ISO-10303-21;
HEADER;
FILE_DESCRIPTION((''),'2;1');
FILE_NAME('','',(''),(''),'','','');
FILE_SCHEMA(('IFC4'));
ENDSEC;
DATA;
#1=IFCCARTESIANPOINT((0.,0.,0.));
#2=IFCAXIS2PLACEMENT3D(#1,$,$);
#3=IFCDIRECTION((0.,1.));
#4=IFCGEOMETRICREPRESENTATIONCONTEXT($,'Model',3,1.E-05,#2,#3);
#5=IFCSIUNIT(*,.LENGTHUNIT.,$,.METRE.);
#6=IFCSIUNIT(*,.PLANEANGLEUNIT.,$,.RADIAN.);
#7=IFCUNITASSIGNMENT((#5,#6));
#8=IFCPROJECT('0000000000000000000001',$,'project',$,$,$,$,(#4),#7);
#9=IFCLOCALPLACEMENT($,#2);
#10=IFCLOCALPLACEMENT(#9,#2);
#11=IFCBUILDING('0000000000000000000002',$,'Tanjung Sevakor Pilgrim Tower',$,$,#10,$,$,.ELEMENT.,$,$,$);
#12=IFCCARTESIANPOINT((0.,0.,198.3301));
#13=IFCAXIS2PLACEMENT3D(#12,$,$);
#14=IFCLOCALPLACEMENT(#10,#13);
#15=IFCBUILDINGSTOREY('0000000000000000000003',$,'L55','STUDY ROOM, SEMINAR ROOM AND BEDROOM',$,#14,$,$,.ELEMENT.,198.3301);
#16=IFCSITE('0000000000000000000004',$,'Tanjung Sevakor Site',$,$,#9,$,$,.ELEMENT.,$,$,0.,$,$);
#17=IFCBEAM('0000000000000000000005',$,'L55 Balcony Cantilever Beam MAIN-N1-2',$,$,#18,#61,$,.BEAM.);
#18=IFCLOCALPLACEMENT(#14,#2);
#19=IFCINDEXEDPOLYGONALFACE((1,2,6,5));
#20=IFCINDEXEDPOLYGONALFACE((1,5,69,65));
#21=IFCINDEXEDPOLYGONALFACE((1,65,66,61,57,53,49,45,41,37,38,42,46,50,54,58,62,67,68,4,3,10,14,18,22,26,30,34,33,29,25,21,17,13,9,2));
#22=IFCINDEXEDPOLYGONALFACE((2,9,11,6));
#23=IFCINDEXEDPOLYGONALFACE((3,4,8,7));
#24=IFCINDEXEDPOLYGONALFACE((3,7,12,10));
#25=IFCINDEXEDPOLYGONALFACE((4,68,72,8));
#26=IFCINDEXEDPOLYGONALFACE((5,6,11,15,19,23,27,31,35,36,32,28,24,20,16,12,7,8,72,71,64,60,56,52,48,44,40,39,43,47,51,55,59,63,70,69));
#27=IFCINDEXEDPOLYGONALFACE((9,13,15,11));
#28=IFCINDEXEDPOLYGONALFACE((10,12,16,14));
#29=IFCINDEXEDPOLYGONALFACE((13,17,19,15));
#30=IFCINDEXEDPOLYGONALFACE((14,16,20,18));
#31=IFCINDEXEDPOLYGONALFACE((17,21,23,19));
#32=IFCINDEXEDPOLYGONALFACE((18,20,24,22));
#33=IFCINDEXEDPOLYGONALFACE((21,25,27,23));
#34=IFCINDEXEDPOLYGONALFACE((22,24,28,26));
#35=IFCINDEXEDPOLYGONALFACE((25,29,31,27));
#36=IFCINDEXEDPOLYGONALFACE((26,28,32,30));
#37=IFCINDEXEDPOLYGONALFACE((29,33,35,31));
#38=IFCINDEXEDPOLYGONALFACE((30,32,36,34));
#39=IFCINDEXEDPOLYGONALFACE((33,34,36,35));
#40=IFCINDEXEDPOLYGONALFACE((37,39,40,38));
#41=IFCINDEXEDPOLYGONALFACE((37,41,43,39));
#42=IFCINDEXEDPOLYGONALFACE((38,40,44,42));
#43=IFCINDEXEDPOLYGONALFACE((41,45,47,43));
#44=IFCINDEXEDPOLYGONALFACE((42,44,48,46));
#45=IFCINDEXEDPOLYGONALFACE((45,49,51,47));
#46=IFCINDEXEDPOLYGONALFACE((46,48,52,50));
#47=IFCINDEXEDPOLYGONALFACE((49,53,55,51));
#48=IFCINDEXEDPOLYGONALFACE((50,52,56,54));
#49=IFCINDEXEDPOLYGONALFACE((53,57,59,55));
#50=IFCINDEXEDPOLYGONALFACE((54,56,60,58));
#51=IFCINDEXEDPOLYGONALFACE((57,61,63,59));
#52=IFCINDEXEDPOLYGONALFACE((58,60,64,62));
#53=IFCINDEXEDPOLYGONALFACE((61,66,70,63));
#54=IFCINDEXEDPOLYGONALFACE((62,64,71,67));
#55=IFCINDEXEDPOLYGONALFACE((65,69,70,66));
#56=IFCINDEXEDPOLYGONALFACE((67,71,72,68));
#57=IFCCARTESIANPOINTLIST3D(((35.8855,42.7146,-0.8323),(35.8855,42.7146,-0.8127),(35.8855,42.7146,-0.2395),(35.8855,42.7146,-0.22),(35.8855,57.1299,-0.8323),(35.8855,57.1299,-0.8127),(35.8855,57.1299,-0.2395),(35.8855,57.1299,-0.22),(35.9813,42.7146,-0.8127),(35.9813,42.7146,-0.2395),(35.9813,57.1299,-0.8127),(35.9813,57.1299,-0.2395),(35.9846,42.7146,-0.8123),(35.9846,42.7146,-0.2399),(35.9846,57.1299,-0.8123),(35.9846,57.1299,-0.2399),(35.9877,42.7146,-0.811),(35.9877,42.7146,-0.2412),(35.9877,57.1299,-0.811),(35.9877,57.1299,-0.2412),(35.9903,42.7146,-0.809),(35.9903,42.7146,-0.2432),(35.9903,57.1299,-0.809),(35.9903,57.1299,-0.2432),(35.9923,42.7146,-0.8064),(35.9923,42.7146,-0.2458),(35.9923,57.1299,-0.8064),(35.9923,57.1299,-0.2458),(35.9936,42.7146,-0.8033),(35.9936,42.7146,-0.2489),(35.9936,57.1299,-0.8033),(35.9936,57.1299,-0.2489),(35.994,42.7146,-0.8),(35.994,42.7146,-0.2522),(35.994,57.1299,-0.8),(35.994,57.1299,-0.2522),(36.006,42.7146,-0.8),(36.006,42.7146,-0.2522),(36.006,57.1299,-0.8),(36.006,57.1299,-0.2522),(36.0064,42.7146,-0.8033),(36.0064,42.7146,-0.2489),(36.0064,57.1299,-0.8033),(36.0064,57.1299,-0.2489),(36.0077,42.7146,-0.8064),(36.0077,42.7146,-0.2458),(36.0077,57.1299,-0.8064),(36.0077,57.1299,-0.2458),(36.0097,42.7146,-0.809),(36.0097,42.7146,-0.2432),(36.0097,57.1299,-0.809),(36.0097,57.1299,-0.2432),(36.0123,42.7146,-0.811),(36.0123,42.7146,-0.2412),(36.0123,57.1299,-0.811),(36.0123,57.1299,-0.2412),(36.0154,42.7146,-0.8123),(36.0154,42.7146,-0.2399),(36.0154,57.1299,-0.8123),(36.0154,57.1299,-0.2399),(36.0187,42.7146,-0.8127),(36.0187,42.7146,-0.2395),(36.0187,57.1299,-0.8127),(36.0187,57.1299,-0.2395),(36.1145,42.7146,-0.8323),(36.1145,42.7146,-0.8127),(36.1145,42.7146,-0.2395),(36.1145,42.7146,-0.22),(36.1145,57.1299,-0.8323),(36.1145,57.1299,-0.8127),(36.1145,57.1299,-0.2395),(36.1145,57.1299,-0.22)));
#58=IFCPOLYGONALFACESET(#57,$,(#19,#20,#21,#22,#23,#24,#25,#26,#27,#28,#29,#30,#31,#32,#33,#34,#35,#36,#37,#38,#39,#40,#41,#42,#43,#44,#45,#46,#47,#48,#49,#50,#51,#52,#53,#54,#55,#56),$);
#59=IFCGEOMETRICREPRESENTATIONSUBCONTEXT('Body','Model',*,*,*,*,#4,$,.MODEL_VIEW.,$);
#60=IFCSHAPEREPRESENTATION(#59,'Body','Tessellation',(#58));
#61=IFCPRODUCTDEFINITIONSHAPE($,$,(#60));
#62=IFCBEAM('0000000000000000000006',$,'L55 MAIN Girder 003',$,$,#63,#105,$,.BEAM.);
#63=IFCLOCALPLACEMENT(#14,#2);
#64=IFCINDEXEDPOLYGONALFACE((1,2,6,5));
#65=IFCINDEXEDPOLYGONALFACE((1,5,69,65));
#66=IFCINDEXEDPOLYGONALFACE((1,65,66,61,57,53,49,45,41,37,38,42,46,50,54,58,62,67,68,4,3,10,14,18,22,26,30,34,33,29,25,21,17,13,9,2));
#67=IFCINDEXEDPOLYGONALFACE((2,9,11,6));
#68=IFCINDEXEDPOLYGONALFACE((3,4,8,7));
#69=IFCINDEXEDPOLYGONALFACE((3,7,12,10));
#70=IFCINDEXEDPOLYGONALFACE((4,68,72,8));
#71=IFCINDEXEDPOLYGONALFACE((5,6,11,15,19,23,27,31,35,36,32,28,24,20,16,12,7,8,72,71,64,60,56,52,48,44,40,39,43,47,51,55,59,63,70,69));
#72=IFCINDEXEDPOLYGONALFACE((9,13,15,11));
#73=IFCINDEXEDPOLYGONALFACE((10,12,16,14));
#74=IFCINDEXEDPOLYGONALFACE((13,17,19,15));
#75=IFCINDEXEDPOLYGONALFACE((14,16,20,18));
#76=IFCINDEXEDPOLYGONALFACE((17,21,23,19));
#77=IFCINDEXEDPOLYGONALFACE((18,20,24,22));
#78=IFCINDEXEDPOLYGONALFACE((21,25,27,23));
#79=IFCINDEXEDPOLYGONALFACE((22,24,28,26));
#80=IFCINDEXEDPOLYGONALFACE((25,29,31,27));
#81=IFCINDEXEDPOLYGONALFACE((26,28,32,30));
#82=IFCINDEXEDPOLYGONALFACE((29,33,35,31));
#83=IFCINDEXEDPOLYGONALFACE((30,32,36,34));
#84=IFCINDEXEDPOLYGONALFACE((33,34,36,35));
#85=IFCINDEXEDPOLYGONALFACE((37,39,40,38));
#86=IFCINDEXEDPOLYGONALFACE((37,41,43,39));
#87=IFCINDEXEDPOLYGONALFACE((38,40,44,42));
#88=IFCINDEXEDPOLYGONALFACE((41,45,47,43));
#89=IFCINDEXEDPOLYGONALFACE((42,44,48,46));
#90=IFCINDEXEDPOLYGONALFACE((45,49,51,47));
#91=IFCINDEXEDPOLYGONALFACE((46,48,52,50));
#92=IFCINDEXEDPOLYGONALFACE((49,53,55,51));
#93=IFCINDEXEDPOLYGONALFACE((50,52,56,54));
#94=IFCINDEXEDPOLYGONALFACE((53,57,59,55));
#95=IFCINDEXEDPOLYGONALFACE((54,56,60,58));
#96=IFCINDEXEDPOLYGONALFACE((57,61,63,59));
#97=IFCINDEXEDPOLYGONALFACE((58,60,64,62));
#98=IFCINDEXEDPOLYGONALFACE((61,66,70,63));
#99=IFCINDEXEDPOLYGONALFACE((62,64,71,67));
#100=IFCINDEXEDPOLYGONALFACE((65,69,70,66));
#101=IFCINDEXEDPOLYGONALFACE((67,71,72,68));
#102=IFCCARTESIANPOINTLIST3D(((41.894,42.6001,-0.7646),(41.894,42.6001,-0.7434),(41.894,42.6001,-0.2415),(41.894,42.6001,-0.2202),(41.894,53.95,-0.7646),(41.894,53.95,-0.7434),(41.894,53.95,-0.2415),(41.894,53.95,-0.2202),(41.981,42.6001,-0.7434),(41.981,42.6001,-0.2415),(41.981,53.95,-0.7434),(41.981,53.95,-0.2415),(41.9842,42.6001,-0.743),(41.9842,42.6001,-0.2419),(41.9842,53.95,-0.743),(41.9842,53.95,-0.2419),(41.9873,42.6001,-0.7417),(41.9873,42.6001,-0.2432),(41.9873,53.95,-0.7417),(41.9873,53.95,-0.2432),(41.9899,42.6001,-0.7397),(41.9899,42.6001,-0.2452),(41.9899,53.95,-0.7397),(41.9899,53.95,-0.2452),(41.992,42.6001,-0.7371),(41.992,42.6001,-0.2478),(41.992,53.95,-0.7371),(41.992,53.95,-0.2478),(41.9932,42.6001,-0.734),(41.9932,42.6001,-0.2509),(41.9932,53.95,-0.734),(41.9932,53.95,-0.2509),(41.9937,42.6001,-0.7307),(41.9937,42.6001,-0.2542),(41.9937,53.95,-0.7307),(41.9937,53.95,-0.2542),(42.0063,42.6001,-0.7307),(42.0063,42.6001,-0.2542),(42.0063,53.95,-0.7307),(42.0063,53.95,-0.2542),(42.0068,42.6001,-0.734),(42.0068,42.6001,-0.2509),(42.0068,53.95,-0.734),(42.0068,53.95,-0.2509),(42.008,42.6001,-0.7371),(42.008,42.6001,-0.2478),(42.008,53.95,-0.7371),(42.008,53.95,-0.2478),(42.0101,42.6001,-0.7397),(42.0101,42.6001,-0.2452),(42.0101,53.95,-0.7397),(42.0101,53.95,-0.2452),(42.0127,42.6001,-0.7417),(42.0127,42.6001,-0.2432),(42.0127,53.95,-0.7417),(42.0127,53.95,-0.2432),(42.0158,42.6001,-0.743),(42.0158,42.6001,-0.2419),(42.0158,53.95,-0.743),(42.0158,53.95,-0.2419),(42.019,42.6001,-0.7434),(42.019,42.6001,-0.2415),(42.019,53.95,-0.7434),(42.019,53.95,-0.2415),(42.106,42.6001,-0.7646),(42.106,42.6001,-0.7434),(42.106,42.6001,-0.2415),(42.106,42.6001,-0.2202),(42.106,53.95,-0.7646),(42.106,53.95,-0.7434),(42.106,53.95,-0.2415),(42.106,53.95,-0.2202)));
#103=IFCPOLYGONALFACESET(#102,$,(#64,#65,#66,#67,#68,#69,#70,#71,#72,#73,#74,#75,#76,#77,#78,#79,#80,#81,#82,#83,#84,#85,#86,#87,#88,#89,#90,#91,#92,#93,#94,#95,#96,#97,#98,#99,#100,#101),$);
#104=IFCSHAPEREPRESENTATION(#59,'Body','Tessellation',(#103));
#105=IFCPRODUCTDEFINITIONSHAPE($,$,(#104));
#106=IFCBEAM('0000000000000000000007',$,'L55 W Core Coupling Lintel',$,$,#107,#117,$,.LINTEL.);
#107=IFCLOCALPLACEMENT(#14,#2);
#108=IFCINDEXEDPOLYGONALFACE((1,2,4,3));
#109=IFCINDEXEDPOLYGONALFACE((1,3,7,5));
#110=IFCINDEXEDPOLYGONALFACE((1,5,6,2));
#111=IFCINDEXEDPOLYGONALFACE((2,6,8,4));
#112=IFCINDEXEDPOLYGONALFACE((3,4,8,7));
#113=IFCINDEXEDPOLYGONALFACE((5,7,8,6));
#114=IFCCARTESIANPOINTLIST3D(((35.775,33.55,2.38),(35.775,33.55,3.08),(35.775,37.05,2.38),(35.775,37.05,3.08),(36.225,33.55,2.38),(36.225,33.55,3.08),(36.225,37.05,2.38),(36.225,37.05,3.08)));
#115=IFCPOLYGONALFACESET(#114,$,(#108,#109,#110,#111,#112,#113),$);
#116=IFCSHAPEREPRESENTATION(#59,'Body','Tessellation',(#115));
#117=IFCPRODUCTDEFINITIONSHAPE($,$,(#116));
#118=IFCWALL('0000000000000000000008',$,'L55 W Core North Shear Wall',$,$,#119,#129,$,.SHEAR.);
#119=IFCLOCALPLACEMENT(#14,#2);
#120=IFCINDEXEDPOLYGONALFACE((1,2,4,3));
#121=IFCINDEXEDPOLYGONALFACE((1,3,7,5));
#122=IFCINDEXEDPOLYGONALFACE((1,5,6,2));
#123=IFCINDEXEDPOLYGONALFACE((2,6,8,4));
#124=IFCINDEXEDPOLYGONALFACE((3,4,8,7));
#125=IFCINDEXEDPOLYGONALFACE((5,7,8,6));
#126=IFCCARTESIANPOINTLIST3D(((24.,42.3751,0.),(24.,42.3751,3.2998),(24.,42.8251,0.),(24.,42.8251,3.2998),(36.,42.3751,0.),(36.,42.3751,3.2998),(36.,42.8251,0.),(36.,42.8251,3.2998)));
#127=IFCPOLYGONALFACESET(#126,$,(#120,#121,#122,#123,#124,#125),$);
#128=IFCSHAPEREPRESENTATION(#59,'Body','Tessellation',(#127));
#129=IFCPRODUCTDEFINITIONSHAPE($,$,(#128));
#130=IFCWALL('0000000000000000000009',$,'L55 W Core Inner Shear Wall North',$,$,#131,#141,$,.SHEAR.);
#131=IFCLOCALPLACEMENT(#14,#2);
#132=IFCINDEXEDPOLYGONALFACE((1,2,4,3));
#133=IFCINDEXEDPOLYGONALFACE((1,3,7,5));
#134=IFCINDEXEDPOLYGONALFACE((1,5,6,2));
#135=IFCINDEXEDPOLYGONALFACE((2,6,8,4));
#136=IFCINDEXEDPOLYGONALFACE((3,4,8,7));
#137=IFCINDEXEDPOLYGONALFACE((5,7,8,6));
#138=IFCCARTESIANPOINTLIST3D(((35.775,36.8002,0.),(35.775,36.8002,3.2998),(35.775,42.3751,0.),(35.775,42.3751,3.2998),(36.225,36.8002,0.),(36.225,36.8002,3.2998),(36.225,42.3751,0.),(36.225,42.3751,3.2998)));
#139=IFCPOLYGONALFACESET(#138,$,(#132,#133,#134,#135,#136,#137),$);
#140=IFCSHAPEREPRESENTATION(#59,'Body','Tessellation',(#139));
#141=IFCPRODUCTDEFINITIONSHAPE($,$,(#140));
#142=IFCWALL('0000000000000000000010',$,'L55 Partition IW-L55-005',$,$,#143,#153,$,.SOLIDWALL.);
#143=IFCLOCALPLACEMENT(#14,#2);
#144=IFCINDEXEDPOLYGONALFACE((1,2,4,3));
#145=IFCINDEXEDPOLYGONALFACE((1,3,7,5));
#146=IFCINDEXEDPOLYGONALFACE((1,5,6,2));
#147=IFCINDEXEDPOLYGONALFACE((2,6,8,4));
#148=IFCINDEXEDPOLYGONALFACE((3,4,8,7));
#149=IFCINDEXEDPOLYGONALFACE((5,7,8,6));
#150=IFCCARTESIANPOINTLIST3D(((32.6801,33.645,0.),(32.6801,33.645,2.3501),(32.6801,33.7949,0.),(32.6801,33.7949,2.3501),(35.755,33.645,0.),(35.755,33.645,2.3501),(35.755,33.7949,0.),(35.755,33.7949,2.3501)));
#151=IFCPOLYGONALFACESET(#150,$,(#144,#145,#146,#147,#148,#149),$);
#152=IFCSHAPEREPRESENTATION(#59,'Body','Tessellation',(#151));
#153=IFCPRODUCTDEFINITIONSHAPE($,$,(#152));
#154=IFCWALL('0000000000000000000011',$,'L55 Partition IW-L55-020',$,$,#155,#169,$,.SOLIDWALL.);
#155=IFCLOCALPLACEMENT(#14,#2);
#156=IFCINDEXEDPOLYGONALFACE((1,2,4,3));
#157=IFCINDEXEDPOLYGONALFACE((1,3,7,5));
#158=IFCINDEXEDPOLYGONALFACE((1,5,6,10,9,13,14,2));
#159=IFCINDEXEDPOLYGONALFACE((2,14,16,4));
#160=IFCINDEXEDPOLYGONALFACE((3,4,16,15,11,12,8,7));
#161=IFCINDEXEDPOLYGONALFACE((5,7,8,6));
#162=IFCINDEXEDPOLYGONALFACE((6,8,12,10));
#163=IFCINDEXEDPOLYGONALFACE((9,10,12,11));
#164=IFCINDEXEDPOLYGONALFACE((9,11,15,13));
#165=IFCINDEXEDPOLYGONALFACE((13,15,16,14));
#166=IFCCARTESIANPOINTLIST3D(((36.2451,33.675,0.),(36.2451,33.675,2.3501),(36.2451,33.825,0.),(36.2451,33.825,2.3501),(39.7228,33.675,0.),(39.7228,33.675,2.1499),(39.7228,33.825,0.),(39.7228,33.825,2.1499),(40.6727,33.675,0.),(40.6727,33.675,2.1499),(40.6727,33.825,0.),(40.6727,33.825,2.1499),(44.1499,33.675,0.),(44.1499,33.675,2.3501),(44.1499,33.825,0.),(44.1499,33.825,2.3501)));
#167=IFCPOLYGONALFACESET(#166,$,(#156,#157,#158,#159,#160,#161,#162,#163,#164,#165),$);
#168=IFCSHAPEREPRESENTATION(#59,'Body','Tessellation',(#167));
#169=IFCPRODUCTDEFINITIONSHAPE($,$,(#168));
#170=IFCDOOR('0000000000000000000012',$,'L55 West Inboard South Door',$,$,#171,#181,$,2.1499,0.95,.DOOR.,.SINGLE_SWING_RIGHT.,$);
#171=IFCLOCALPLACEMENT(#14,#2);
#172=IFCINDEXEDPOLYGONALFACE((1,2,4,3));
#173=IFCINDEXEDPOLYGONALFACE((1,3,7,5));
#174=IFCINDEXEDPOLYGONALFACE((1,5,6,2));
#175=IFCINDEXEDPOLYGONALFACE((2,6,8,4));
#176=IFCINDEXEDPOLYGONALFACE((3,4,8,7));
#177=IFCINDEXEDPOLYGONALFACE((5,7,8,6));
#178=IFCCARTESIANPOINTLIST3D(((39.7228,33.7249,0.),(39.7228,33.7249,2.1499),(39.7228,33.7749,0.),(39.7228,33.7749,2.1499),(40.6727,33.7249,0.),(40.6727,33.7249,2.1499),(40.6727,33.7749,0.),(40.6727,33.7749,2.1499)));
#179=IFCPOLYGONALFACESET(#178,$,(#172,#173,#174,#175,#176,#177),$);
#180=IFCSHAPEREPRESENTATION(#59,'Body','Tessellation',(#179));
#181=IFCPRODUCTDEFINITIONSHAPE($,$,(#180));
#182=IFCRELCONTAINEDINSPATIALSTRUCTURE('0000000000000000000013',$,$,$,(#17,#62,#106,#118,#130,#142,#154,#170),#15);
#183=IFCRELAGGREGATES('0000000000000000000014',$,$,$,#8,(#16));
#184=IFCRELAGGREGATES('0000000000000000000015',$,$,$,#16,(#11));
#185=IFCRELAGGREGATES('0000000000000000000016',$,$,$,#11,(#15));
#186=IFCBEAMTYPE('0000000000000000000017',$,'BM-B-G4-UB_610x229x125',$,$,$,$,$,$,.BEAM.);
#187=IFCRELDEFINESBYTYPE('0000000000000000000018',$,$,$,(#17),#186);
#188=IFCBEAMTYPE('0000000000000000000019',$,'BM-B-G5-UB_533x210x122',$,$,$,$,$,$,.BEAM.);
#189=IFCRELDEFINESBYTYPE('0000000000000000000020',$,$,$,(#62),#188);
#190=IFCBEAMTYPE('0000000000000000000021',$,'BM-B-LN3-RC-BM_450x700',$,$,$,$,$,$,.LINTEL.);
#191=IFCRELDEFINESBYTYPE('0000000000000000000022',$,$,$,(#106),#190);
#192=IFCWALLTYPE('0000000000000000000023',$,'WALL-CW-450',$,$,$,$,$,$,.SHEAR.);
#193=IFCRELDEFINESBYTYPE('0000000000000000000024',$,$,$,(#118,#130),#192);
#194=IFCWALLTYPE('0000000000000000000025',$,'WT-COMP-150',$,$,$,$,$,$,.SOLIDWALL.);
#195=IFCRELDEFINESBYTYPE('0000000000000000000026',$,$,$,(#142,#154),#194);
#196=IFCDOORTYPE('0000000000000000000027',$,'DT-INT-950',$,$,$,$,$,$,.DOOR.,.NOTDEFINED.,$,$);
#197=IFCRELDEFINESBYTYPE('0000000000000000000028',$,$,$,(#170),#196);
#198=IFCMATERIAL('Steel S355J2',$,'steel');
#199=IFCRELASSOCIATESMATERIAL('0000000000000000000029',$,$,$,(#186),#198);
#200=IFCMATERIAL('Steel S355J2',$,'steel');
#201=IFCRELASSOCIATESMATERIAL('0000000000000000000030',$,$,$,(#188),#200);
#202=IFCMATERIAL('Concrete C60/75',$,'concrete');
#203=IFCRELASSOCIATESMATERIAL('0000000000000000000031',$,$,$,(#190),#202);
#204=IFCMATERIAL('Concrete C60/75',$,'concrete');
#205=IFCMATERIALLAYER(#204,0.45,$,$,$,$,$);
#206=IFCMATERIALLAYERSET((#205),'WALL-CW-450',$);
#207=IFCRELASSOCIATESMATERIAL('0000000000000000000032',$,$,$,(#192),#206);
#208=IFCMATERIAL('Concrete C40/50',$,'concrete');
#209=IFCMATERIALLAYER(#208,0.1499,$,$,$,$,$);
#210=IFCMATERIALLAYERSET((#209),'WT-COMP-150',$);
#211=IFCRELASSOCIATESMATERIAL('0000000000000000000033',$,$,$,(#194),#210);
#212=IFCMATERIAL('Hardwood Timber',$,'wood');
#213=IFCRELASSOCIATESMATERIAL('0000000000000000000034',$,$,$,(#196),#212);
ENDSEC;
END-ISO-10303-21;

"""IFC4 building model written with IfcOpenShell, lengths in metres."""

from ifc_helpers import new_model, si_unit, direction, frame, frame_2d, origin, origin_2d, place, context, subcontext, project, spatial, rectangle, i_section, extrude, material, layer, layer_set, material_profile, profile_set, type_object, element, fill, save


model = new_model("IFC4")

# Units and contexts
model_context = context("Model", 3, precision=1e-05, world=origin(), true_north=direction((0.0, 1.0)))
body_context = subcontext(model_context, "Body", "Model", "MODEL_VIEW")
ifc_project = project(units=[si_unit("LENGTHUNIT", "METRE"), si_unit("PLANEANGLEUNIT", "RADIAN")], contexts=[model_context])

# Site, building, storey
site_placement = place(None, origin())
site = spatial("IfcSite", under=ifc_project, at=site_placement, Name="Tanjung Sevakor Site", CompositionType="ELEMENT", RefElevation=0.0)
building_placement = place(site_placement, origin())
building = spatial("IfcBuilding", under=site, at=building_placement, Name="Tanjung Sevakor Pilgrim Tower", CompositionType="ELEMENT")
storey_placement = place(building_placement, frame((0.0, 0.0, 198.3301)))
storey = spatial("IfcBuildingStorey", under=building, at=storey_placement, Name="L55", Description="STUDY ROOM, SEMINAR ROOM AND BEDROOM", CompositionType="ELEMENT", Elevation=198.3301)

# Beams
ifc_material_1 = material(Name="Steel S355J2", Category="steel")
ifc_material_profile_1 = material_profile(ifc_material_1, i_section(OverallWidth=0.229, OverallDepth=0.6123, WebThickness=0.012, FlangeThickness=0.0195, FilletRadius=0.0127, at=origin_2d()))
ifc_profile_set_1 = profile_set([ifc_material_profile_1], Name="Steel S355J2")
beam_type_1 = type_object("IfcBeamType", Name="BM-B-G4-UB_610x229x125", PredefinedType="BEAM", material=ifc_profile_set_1)
beam_1_placement = place(storey_placement, frame((36.0, 42.7146, -0.5261), z_axis=(0.0, 1.0, 0.0), x_axis=(-1.0, 0.0, 0.0)))
element("IfcBeam", 1, at=beam_1_placement, inside=storey, type_object=beam_type_1, Name="L55 Balcony Cantilever Beam MAIN-N1-2", PredefinedType="BEAM", context=body_context, shape_type="SweptSolid", body=[
    extrude(i_section(OverallWidth=0.229, OverallDepth=0.6123, WebThickness=0.012, FlangeThickness=0.0195, FilletRadius=0.0127, at=origin_2d()), origin(), (0.0, 0.0, 1.0), 14.4153),
])
ifc_material_2 = material(Name="Steel S355J2", Category="steel")
ifc_material_profile_2 = material_profile(ifc_material_2, i_section(OverallWidth=0.2119, OverallDepth=0.5444, WebThickness=0.0127, FlangeThickness=0.0212, FilletRadius=0.0127, at=origin_2d()))
ifc_profile_set_2 = profile_set([ifc_material_profile_2], Name="Steel S355J2")
beam_type_2 = type_object("IfcBeamType", Name="BM-B-G5-UB_533x210x122", PredefinedType="BEAM", material=ifc_profile_set_2)
beam_2_placement = place(storey_placement, frame((42.0, 42.6001, -0.4924), z_axis=(0.0, 1.0, 0.0), x_axis=(-1.0, 0.0, 0.0)))
element("IfcBeam", 2, at=beam_2_placement, inside=storey, type_object=beam_type_2, Name="L55 MAIN Girder 003", PredefinedType="BEAM", context=body_context, shape_type="SweptSolid", body=[
    extrude(i_section(OverallWidth=0.2119, OverallDepth=0.5444, WebThickness=0.0127, FlangeThickness=0.0212, FilletRadius=0.0127, at=origin_2d()), origin(), (0.0, 0.0, 1.0), 11.3499),
])
ifc_material_3 = material(Name="Concrete C60/75", Category="concrete")
ifc_material_profile_3 = material_profile(ifc_material_3, rectangle(XDim=0.45, YDim=0.7, at=origin_2d()))
ifc_profile_set_3 = profile_set([ifc_material_profile_3], Name="Concrete C60/75")
beam_type_3 = type_object("IfcBeamType", Name="BM-B-LN3-RC-BM_450x700", PredefinedType="LINTEL", material=ifc_profile_set_3)
beam_3_placement = place(storey_placement, frame((36.0, 33.55, 2.73), z_axis=(0.0, 1.0, 0.0), x_axis=(-1.0, 0.0, 0.0)))
element("IfcBeam", 3, at=beam_3_placement, inside=storey, type_object=beam_type_3, Name="L55 W Core Coupling Lintel", PredefinedType="LINTEL", context=body_context, shape_type="SweptSolid", body=[
    extrude(rectangle(XDim=0.45, YDim=0.7, at=origin_2d()), origin(), (0.0, 0.0, 1.0), 3.5),
])

# Walls
ifc_material_4 = material(Name="Concrete C60/75", Category="concrete")
ifc_layer_1 = layer(ifc_material_4, 0.45)
ifc_layer_set_1 = layer_set([ifc_layer_1], Name="WALL-CW-450")
wall_type_1 = type_object("IfcWallType", Name="WALL-CW-450", PredefinedType="SHEAR", material=ifc_layer_set_1)
wall_1_placement = place(storey_placement, frame((36.0, 42.6001, 0.0), z_axis=(0.0, 0.0, 1.0), x_axis=(-1.0, 0.0, 0.0)))
element("IfcWall", 4, at=wall_1_placement, inside=storey, type_object=wall_type_1, Name="L55 W Core North Shear Wall", PredefinedType="SHEAR", context=body_context, shape_type="SweptSolid", body=[
    extrude(rectangle(XDim=12.0, YDim=0.45, at=frame_2d((6.0, 0.0))), origin(), (0.0, 0.0, 1.0), 3.2998),
])
wall_2_placement = place(storey_placement, frame((36.0, 36.8, 0.0), z_axis=(0.0, 0.0, 1.0), x_axis=(0.0, 1.0, 0.0)))
element("IfcWall", 5, at=wall_2_placement, inside=storey, type_object=wall_type_1, Name="L55 W Core Inner Shear Wall North", PredefinedType="SHEAR", context=body_context, shape_type="SweptSolid", body=[
    extrude(rectangle(XDim=5.575, YDim=0.45, at=frame_2d((2.7876, 0.0))), origin(), (0.0, 0.0, 1.0), 3.2998),
])
ifc_material_5 = material(Name="Concrete C40/50", Category="concrete")
ifc_layer_2 = layer(ifc_material_5, 0.1499)
ifc_layer_set_2 = layer_set([ifc_layer_2], Name="WT-COMP-150")
wall_type_2 = type_object("IfcWallType", Name="WT-COMP-150", PredefinedType="SOLIDWALL", material=ifc_layer_set_2)
wall_3_placement = place(storey_placement, frame((32.6799, 33.72, 0.0), z_axis=(0.0, 0.0, 1.0), x_axis=(1.0, 0.0, 0.0)))
element("IfcWall", 6, at=wall_3_placement, inside=storey, type_object=wall_type_2, Name="L55 Partition IW-L55-005", PredefinedType="SOLIDWALL", context=body_context, shape_type="SweptSolid", body=[
    extrude(rectangle(XDim=3.075, YDim=0.1499, at=frame_2d((1.5376, 0.0))), origin(), (0.0, 0.0, 1.0), 2.3501),
])

# Wall, opening, door
wall_4_placement = place(storey_placement, frame((36.2451, 33.75, 0.0), z_axis=(0.0, 0.0, 1.0), x_axis=(1.0, 0.0, 0.0)))
wall_4 = element("IfcWall", 7, at=wall_4_placement, inside=storey, type_object=wall_type_2, Name="L55 Partition IW-L55-020", PredefinedType="SOLIDWALL", context=body_context, shape_type="SweptSolid", body=[
    extrude(rectangle(XDim=7.9048, YDim=0.1499, at=frame_2d((3.9524, 0.0))), origin(), (0.0, 0.0, 1.0), 2.3501),
])
opening_1_placement = place(wall_4_placement, frame((3.4775, 0.0, 0.0)))
opening_1 = element("IfcOpeningElement", 8, at=opening_1_placement, cuts=wall_4, PredefinedType="OPENING", context=body_context, shape_type="SweptSolid", body=[
    extrude(rectangle(XDim=0.95, YDim=2.1499, at=frame_2d((0.4751, 1.075))), frame((0.0, 0.085, 0.0), z_axis=(0.0, -1.0, 0.0), x_axis=(1.0, 0.0, 0.0)), (0.0, 0.0, 1.0), 0.1699),
])
ifc_material_6 = material(Name="Hardwood Timber", Category="wood")
door_type_1 = type_object("IfcDoorType", Name="DT-INT-950", OperationType="NOTDEFINED", PredefinedType="DOOR", material=ifc_material_6)
door_1_placement = place(opening_1_placement, origin())
door_1 = element("IfcDoor", 9, at=door_1_placement, inside=storey, type_object=door_type_1, Name="L55 West Inboard South Door", OperationType="SINGLE_SWING_RIGHT", OverallHeight=2.1499, OverallWidth=0.95, PredefinedType="DOOR", context=body_context, shape_type="SweptSolid", body=[
    extrude(rectangle(XDim=0.95, YDim=2.1499, at=frame_2d((0.4751, 1.075))), frame((0.0, 0.0249, 0.0), z_axis=(0.0, -1.0, 0.0), x_axis=(1.0, 0.0, 0.0)), (0.0, 0.0, 1.0), 0.05),
])
fill(opening_1, door_1)

save(model, "model.ifc")
